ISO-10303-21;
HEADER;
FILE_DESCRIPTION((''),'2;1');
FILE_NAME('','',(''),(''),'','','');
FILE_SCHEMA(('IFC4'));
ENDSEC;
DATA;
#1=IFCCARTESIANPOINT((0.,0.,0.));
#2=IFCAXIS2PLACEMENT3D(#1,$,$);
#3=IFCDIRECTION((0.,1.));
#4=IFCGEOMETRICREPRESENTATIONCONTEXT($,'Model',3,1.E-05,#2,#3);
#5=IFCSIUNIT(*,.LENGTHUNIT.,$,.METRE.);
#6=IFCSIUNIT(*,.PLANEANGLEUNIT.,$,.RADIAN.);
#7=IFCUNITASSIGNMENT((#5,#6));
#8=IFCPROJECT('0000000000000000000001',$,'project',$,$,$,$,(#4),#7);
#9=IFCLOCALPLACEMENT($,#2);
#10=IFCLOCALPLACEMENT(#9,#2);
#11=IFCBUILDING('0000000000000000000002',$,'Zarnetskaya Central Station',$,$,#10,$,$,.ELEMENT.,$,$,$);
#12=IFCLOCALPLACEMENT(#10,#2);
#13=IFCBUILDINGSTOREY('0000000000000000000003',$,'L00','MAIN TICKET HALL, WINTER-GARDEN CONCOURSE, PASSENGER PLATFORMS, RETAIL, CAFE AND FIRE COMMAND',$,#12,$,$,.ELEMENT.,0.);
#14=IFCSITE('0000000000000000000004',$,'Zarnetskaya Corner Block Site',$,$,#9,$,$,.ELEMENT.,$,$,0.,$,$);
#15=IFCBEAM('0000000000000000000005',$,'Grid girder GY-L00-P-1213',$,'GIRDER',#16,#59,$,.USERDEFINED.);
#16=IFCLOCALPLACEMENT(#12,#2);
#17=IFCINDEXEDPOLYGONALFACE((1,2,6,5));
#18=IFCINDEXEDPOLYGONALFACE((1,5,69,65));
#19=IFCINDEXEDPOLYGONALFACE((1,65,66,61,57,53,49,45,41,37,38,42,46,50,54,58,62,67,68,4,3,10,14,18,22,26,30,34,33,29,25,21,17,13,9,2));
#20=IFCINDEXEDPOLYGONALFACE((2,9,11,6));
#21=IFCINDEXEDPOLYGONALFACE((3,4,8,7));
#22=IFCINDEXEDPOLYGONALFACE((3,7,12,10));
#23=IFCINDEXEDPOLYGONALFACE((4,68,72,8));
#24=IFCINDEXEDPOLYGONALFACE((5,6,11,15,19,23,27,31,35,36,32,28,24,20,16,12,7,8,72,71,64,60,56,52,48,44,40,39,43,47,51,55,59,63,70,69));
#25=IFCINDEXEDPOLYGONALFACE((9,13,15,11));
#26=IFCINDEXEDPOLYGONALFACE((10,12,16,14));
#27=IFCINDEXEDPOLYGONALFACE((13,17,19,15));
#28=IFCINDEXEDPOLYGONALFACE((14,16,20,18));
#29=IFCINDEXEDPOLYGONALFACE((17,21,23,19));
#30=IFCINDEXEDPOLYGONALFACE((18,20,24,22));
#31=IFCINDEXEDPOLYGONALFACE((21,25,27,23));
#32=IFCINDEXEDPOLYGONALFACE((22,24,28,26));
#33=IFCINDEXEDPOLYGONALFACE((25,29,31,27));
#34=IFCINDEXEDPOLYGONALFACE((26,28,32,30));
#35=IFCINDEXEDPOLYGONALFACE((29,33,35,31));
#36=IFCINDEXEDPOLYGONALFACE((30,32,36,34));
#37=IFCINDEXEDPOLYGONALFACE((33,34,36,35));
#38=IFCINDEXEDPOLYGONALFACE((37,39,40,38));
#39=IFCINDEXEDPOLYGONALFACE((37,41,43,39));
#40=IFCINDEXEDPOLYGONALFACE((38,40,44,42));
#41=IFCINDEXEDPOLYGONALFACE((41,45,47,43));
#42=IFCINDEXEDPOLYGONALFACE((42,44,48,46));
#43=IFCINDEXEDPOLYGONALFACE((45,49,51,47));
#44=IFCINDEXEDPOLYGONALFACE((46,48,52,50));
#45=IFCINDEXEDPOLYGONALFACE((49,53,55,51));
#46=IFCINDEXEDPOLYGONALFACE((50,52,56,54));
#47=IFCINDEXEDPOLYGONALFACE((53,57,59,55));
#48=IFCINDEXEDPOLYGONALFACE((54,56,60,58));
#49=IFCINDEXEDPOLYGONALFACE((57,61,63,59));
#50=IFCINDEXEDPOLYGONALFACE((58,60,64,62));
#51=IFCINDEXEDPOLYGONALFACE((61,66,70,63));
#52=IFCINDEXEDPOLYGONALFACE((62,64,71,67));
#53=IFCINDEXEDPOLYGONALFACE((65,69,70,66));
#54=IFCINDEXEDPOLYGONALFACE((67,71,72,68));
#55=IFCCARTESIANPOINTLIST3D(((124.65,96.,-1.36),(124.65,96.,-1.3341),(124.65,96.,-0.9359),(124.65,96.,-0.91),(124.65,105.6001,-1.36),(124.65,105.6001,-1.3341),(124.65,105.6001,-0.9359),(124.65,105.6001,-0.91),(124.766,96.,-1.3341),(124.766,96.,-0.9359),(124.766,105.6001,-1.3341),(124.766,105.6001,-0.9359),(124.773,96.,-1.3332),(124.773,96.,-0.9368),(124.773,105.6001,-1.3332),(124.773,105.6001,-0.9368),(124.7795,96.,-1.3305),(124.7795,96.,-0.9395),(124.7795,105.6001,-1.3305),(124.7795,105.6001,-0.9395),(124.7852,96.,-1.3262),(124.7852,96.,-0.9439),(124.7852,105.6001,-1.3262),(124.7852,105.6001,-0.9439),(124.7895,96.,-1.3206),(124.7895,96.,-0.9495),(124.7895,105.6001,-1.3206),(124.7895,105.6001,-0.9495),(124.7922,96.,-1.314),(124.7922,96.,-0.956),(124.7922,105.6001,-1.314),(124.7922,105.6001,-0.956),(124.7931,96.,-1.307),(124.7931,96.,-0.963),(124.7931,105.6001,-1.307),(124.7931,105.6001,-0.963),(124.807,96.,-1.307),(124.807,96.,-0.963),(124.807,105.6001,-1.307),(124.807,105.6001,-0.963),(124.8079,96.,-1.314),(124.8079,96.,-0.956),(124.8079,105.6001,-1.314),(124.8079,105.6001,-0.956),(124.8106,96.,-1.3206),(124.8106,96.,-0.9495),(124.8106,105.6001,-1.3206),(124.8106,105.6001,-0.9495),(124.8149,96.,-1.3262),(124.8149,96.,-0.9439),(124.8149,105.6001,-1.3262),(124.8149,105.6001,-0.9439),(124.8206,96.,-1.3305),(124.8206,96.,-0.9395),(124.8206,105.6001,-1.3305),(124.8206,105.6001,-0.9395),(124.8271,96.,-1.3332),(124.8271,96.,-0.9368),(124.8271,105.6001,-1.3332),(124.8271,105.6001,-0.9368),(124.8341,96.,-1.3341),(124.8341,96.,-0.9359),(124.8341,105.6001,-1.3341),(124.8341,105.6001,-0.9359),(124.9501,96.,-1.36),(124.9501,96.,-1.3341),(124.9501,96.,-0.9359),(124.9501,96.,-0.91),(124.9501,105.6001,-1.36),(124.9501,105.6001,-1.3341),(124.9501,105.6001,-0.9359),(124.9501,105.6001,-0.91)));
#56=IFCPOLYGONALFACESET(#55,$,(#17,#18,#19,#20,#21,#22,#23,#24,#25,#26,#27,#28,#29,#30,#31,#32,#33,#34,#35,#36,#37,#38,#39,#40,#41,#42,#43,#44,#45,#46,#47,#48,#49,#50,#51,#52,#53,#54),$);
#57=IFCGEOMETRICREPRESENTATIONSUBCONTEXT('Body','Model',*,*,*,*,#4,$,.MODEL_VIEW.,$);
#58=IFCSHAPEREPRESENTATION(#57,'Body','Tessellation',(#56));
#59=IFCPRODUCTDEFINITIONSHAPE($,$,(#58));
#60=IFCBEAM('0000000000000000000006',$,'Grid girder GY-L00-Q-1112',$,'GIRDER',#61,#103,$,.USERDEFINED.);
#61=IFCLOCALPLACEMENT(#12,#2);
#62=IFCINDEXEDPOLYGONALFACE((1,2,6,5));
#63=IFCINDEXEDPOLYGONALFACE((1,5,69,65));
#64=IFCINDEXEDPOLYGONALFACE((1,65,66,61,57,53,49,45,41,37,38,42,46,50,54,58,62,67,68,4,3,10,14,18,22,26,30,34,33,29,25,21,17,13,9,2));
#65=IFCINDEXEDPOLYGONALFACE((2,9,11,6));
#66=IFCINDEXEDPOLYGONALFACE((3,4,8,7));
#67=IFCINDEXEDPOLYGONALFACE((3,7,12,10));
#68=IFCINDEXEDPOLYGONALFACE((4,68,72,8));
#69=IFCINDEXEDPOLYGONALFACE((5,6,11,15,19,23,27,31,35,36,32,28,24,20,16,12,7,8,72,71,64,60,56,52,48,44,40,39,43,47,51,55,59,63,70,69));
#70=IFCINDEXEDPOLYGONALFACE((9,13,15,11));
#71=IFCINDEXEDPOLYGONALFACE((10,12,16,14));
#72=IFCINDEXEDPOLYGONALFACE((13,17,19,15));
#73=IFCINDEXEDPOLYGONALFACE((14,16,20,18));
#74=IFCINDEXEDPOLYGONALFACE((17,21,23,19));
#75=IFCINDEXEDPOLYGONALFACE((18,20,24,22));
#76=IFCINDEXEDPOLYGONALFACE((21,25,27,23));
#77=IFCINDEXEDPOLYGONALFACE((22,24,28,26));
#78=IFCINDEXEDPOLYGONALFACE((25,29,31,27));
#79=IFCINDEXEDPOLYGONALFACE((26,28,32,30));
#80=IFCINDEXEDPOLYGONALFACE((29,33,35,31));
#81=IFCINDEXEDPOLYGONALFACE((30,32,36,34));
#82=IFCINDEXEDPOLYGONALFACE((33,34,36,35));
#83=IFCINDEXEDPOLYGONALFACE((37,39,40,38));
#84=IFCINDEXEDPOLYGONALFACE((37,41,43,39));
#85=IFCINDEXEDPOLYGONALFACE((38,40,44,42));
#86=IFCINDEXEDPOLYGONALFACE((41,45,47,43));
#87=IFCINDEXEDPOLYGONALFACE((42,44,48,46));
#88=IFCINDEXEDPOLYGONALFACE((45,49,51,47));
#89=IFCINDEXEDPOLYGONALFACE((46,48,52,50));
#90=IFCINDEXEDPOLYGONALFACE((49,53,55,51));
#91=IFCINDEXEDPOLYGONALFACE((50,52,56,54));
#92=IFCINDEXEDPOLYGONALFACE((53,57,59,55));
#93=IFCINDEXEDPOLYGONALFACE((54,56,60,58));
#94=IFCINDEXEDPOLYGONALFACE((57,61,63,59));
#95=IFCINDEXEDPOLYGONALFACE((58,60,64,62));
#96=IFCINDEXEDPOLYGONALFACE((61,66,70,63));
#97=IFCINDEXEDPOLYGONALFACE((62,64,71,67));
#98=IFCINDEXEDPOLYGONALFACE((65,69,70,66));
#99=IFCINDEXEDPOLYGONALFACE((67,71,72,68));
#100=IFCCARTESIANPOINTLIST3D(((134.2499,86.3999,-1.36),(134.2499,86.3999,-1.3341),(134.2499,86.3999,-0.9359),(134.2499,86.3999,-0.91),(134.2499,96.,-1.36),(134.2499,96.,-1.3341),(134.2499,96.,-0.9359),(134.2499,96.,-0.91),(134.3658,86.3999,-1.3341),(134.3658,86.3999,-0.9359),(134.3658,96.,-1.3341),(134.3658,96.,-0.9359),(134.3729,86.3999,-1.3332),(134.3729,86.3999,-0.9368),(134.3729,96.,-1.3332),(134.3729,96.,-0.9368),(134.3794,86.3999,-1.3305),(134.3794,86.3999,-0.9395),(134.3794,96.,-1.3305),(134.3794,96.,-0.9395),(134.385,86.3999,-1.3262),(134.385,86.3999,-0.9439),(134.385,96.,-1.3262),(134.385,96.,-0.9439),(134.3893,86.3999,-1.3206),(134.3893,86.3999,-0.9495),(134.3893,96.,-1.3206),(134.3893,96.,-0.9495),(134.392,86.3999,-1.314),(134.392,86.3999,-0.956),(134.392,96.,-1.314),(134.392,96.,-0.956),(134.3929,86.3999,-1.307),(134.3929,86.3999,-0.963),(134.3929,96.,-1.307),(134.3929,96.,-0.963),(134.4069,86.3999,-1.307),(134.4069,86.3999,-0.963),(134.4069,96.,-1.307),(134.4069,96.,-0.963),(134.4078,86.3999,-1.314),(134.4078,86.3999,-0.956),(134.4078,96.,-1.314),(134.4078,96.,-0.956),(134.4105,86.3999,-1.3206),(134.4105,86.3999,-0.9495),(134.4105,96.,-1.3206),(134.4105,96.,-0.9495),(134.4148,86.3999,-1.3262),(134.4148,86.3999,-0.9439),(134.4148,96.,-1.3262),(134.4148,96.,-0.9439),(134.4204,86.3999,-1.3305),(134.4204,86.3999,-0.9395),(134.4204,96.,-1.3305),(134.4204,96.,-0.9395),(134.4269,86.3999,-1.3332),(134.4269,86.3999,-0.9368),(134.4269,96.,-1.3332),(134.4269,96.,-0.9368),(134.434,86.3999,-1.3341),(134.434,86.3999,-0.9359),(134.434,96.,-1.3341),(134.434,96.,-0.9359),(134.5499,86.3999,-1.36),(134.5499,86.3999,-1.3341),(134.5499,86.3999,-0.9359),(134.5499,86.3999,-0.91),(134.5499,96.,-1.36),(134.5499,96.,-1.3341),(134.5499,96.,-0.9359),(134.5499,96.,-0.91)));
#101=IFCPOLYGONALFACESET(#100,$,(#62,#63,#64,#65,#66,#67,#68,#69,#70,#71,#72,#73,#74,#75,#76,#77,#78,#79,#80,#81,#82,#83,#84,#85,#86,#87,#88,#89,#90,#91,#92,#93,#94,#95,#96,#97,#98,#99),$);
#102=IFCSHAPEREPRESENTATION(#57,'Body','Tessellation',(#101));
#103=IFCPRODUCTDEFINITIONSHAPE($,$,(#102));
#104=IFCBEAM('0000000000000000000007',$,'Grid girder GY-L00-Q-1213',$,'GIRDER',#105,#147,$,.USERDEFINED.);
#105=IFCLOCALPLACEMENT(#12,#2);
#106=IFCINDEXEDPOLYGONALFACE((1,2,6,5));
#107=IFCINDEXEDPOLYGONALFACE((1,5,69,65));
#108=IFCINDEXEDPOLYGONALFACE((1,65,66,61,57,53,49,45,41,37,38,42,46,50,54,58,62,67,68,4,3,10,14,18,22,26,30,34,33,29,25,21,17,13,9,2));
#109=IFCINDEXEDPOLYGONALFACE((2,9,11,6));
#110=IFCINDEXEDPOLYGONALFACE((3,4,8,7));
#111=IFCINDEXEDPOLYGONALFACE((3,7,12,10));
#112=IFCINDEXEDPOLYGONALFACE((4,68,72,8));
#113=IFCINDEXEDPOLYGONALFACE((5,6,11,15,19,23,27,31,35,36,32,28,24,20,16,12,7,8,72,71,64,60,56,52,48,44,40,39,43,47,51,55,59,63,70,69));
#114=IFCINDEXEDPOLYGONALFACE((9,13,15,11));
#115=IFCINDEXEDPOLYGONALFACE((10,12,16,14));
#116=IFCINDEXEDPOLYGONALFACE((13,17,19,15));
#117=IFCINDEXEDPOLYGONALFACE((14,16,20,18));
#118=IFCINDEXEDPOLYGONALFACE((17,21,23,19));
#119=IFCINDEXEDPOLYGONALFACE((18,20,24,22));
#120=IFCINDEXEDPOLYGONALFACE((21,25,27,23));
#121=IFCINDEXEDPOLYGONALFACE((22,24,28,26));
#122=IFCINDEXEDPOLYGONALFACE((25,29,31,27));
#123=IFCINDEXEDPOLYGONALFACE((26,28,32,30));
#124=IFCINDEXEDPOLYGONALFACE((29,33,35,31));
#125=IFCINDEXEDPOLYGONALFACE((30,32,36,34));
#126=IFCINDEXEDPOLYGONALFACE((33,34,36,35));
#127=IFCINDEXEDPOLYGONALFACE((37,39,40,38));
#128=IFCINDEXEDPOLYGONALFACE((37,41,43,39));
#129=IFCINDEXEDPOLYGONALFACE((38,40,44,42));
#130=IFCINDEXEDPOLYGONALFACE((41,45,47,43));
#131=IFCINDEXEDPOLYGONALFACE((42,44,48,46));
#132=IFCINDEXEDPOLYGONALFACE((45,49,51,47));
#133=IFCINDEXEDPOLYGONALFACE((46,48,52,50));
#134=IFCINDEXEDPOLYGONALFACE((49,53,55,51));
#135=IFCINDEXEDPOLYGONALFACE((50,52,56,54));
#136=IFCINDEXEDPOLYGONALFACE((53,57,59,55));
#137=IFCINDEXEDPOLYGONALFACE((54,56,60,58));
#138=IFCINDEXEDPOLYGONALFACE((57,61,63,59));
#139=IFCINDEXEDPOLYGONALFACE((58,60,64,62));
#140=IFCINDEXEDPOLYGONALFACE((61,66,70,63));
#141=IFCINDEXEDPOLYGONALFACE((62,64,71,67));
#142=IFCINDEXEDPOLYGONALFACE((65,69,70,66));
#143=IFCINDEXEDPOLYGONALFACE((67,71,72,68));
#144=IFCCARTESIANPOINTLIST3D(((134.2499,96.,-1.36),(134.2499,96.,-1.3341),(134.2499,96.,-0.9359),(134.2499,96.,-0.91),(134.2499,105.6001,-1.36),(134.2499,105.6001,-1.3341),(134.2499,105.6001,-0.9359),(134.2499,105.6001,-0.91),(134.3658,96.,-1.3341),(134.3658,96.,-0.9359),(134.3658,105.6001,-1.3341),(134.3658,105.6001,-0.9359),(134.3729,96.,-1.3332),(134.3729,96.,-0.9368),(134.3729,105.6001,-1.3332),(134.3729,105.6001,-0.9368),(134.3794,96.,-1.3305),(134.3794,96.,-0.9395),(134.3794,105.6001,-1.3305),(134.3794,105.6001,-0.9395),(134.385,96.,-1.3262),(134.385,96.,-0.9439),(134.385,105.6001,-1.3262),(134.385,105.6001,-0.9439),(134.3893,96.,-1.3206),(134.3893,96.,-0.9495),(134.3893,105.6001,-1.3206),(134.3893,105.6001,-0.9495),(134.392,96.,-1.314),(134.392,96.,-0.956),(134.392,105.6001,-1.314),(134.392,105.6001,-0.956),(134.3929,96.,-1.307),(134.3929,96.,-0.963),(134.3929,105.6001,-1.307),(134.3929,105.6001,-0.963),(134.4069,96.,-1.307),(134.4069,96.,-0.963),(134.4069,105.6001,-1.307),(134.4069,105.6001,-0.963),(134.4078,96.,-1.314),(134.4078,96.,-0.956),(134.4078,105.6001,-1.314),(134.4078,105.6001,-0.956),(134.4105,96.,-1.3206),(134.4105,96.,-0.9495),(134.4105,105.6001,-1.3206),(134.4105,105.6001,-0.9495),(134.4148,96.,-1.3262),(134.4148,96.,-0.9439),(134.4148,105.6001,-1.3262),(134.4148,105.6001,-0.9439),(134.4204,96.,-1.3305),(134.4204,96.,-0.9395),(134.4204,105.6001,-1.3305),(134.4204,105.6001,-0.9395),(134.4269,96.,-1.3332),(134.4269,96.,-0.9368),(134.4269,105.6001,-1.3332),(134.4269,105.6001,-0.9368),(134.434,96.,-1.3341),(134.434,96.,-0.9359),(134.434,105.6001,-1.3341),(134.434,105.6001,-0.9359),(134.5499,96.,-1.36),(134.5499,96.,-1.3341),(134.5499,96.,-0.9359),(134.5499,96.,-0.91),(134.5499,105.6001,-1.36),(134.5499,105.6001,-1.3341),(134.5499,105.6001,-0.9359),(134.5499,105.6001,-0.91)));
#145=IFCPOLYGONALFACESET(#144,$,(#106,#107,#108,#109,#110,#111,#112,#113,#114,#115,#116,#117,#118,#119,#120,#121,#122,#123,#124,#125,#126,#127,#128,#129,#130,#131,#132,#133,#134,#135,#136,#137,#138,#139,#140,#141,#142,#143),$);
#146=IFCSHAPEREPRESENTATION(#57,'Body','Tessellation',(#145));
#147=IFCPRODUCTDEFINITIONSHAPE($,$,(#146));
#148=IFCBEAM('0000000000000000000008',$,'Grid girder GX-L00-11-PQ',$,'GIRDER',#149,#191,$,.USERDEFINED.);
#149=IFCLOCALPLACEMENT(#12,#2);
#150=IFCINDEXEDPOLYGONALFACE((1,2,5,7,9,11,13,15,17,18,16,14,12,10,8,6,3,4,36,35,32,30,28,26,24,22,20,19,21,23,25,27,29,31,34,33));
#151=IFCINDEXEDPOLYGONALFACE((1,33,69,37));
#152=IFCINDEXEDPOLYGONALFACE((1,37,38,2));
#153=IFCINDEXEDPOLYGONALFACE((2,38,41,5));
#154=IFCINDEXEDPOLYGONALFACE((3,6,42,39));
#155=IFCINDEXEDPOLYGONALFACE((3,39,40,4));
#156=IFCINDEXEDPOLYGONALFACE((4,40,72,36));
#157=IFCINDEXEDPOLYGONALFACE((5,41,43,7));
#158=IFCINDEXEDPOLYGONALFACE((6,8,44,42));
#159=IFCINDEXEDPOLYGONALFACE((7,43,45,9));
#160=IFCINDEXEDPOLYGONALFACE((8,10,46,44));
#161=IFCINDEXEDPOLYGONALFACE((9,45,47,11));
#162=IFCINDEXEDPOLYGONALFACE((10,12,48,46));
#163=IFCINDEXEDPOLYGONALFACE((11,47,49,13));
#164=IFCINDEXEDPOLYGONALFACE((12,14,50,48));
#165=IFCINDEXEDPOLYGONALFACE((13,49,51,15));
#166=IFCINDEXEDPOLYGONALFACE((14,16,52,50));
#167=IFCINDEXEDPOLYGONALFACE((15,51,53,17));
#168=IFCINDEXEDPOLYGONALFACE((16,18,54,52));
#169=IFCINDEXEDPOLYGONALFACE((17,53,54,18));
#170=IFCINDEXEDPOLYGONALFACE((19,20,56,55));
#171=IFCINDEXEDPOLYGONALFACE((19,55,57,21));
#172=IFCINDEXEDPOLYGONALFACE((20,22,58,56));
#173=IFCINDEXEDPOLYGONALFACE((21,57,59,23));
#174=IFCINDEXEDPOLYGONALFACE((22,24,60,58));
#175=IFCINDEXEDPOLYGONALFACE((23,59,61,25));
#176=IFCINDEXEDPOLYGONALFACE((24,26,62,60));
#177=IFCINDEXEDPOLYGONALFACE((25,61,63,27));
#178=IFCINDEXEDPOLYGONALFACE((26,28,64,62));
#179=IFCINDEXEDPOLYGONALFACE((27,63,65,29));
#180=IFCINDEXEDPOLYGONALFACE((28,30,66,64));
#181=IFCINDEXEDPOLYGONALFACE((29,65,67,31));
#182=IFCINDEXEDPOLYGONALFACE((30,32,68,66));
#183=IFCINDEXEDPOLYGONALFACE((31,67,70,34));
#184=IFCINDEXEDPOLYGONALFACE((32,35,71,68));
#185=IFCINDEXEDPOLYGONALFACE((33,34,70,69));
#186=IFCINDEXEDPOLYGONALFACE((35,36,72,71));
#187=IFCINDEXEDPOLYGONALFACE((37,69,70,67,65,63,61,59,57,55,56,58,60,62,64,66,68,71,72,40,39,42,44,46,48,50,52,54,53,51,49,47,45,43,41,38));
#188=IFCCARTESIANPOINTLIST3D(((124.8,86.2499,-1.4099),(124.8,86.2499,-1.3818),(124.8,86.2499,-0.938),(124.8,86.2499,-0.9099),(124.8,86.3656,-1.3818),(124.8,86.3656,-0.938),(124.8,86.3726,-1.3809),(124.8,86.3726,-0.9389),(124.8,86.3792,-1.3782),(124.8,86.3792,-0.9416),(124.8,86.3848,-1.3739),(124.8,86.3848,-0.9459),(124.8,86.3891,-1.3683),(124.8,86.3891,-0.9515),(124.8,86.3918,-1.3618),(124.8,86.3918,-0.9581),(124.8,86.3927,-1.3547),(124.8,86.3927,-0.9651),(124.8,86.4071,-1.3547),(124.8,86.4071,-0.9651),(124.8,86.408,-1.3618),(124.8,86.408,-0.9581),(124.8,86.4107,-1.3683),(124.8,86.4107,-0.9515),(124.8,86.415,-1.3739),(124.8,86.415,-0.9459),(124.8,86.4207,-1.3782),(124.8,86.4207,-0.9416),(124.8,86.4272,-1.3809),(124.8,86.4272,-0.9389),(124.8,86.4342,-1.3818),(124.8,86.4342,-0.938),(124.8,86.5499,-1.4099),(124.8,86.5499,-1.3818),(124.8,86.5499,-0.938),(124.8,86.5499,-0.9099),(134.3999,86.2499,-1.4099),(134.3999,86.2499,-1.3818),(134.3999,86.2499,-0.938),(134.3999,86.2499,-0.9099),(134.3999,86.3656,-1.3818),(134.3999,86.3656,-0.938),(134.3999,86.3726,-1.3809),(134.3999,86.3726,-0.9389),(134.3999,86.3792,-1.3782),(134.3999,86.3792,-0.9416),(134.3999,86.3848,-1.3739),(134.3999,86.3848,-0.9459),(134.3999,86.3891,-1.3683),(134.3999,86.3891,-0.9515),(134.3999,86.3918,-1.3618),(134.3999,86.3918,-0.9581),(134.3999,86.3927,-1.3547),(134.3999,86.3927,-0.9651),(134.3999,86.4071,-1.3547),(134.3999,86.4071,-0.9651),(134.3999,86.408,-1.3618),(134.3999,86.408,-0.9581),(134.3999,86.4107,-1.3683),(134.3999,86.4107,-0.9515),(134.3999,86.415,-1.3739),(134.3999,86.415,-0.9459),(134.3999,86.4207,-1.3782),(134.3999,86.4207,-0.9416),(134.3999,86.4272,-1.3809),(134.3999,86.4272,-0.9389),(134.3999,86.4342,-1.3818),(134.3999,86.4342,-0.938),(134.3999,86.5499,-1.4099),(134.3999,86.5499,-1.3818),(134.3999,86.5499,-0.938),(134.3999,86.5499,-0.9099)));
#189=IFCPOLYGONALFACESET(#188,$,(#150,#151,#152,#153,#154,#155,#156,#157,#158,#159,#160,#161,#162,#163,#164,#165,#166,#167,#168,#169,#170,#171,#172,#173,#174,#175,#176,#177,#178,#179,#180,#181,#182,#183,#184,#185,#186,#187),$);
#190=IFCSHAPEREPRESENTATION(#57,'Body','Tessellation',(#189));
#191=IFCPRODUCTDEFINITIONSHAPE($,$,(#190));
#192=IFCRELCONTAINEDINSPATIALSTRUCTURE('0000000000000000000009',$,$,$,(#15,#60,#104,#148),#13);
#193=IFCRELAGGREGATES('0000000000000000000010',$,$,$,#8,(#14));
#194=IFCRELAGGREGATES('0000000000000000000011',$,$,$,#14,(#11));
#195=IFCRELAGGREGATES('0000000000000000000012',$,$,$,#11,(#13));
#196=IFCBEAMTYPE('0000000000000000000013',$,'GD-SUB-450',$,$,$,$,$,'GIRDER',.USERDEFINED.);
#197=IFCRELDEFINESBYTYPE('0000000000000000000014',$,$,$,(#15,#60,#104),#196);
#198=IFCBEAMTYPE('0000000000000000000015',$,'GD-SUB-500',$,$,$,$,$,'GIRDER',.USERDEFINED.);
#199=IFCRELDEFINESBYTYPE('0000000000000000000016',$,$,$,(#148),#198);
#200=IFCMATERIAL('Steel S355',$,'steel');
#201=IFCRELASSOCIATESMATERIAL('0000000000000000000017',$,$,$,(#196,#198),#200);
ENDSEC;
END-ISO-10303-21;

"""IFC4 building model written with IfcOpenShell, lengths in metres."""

from ifc_helpers import new_model, si_unit, direction, frame, origin, origin_2d, place, context, subcontext, project, spatial, i_section, extrude, material, material_profile, profile_set, type_object, element, save


model = new_model("IFC4")

# Units and contexts
model_context = context("Model", 3, precision=1e-05, world=origin(), true_north=direction((0.0, 1.0)))
body_context = subcontext(model_context, "Body", "Model", "MODEL_VIEW")
ifc_project = project(units=[si_unit("LENGTHUNIT", "METRE"), si_unit("PLANEANGLEUNIT", "RADIAN")], contexts=[model_context])

# Site, building, storey
site_placement = place(None, origin())
site = spatial("IfcSite", under=ifc_project, at=site_placement, Name="Zarnetskaya Corner Block Site", CompositionType="ELEMENT", RefElevation=0.0)
building_placement = place(site_placement, origin())
building = spatial("IfcBuilding", under=site, at=building_placement, Name="Zarnetskaya Central Station", CompositionType="ELEMENT")
storey_placement = place(building_placement, origin())
storey = spatial("IfcBuildingStorey", under=building, at=storey_placement, Name="L00", Description="MAIN TICKET HALL, WINTER-GARDEN CONCOURSE, PASSENGER PLATFORMS, RETAIL, CAFE AND FIRE COMMAND", CompositionType="ELEMENT", Elevation=0.0)

# Shared definitions
ifc_material = material(Name="Steel S355", Category="steel")

# Beams
ifc_material_profile_1 = material_profile(ifc_material, i_section(OverallWidth=0.3, OverallDepth=0.45, WebThickness=0.0139, FlangeThickness=0.0259, FilletRadius=0.0271, at=origin_2d()), Name="HEB 450")
ifc_profile_set_1 = profile_set([ifc_material_profile_1], Name="Steel S355")
beam_type_1 = type_object("IfcBeamType", Name="GD-SUB-450", ElementType="GIRDER", PredefinedType="USERDEFINED", material=ifc_profile_set_1)
for number, where, z_axis, x_axis, name in (
    (1, (124.8, 96.0, -1.135), (0.0, 1.0, 0.0), (-1.0, 0.0, 0.0), "Grid girder GY-L00-P-1213"),
    (2, (134.3999, 86.3999, -1.135), (0.0, 1.0, 0.0), (-1.0, 0.0, 0.0), "Grid girder GY-L00-Q-1112"),
    (3, (134.3999, 96.0, -1.135), (0.0, 1.0, 0.0), (-1.0, 0.0, 0.0), "Grid girder GY-L00-Q-1213"),
):
    element("IfcBeam", number, at=place(storey_placement, frame(where, z_axis=z_axis, x_axis=x_axis)), inside=storey, type_object=beam_type_1, Name=name, ObjectType="GIRDER", PredefinedType="USERDEFINED", context=body_context, shape_type="SweptSolid", body=[
        extrude(i_section(OverallWidth=0.3, OverallDepth=0.45, WebThickness=0.0139, FlangeThickness=0.0259, FilletRadius=0.0271, at=origin_2d()), origin(), (0.0, 0.0, 1.0), 9.6001),
    ])
ifc_material_profile_2 = material_profile(ifc_material, i_section(OverallWidth=0.3, OverallDepth=0.5, WebThickness=0.0144, FlangeThickness=0.0281, FilletRadius=0.0271, at=origin_2d()), Name="HEB 500")
ifc_profile_set_2 = profile_set([ifc_material_profile_2], Name="Steel S355")
beam_type_2 = type_object("IfcBeamType", Name="GD-SUB-500", ElementType="GIRDER", PredefinedType="USERDEFINED", material=ifc_profile_set_2)
for number, where, z_axis, x_axis, name in (
    (4, (124.8, 86.3999, -1.1599), (1.0, 0.0, 0.0), (0.0, 1.0, 0.0), "Grid girder GX-L00-11-PQ"),
):
    element("IfcBeam", number, at=place(storey_placement, frame(where, z_axis=z_axis, x_axis=x_axis)), inside=storey, type_object=beam_type_2, Name=name, ObjectType="GIRDER", PredefinedType="USERDEFINED", context=body_context, shape_type="SweptSolid", body=[
        extrude(i_section(OverallWidth=0.3, OverallDepth=0.5, WebThickness=0.0144, FlangeThickness=0.0281, FilletRadius=0.0271, at=origin_2d()), origin(), (0.0, 0.0, 1.0), 9.5999),
    ])

save(model, "model.ifc")
